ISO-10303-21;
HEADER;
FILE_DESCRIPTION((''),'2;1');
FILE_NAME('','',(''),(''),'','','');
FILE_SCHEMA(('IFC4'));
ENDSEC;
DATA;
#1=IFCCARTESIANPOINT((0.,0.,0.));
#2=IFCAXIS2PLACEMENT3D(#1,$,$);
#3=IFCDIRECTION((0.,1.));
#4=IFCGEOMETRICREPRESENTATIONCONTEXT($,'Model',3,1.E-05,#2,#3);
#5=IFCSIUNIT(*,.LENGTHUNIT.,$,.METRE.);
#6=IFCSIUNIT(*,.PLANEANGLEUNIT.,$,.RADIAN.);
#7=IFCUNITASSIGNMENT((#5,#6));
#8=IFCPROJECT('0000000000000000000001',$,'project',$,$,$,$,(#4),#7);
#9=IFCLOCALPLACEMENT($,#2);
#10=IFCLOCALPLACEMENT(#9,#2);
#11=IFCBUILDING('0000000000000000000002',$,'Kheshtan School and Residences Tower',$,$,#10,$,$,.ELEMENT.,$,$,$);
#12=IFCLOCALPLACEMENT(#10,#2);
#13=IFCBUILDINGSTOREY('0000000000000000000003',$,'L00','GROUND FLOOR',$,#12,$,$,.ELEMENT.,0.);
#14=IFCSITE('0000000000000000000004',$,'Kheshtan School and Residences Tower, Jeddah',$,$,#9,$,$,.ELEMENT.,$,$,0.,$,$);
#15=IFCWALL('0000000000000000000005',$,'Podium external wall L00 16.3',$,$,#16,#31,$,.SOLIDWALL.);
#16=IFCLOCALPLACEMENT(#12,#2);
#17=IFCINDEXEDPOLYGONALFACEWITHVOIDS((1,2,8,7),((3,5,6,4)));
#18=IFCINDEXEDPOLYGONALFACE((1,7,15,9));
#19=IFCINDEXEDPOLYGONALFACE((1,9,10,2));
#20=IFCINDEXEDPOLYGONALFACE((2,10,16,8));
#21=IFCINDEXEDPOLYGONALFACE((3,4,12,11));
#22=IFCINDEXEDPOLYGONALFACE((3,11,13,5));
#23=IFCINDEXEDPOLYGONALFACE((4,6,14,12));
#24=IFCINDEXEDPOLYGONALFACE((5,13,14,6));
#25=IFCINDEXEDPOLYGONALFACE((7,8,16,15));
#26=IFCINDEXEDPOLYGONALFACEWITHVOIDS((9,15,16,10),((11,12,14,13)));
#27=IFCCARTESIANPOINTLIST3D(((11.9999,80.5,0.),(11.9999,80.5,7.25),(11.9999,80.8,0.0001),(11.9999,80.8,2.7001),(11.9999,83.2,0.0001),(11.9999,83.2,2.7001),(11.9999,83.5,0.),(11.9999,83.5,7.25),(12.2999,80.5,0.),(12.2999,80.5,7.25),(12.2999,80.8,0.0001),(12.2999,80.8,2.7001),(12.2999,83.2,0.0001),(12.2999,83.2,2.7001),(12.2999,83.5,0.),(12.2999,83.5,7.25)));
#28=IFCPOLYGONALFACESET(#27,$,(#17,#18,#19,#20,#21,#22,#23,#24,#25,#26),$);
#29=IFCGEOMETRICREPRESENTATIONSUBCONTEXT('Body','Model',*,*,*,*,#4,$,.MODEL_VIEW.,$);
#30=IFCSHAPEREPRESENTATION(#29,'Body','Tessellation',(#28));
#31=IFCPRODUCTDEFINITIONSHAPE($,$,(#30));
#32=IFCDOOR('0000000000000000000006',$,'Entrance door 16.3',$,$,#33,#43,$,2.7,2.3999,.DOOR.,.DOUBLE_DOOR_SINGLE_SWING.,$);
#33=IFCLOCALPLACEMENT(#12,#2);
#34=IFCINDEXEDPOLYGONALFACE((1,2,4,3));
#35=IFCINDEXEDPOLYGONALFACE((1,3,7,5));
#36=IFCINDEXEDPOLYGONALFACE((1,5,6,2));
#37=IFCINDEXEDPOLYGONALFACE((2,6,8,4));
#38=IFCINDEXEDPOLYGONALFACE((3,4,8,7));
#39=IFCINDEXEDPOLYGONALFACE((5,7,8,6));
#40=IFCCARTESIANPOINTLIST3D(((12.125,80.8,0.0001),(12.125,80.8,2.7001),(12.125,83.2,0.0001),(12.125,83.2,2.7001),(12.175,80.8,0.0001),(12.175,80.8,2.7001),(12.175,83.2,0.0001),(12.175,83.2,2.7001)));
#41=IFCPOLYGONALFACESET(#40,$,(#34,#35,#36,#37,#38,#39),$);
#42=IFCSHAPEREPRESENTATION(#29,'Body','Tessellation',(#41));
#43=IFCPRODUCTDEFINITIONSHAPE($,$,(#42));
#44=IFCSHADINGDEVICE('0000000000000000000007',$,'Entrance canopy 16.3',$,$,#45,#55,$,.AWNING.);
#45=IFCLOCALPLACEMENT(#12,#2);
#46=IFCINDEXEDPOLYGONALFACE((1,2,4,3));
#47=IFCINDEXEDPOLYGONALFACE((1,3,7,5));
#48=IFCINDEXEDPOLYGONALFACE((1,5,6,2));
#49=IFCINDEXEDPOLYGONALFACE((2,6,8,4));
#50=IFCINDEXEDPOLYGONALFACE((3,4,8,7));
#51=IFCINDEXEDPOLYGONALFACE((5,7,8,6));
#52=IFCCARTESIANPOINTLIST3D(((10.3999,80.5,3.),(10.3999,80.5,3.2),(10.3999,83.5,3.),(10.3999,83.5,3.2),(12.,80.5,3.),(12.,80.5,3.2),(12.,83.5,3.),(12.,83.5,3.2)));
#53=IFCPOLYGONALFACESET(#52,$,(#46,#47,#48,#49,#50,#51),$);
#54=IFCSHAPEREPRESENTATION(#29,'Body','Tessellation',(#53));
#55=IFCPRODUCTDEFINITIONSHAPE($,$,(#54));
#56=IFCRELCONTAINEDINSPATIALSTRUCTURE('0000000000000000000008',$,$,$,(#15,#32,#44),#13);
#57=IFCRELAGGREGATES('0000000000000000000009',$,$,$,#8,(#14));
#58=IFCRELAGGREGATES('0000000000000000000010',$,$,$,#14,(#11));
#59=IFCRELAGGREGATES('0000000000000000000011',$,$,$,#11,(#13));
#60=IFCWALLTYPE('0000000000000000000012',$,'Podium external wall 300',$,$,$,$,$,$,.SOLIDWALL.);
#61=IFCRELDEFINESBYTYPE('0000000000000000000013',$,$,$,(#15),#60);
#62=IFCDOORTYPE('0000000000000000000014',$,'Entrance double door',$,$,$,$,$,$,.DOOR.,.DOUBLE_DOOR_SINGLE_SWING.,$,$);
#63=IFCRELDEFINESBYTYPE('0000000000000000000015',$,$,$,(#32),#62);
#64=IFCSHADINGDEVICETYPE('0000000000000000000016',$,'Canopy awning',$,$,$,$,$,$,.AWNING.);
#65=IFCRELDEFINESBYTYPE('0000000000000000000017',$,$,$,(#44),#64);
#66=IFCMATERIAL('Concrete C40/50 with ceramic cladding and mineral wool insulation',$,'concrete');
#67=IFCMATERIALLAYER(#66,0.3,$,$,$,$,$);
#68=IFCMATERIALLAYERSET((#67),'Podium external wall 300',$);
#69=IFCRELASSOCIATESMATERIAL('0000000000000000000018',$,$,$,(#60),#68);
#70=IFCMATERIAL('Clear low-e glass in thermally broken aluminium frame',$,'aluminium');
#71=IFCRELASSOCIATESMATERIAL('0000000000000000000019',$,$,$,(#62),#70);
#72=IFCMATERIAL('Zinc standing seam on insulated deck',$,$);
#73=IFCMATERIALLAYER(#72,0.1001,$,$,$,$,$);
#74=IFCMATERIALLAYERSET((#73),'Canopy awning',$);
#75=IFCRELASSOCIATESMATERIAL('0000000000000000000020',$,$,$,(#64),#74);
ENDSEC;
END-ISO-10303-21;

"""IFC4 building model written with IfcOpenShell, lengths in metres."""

from ifc_helpers import new_model, si_unit, direction, frame, frame_2d, origin, origin_2d, place, context, subcontext, project, spatial, rectangle, extrude, source, transform, mapped, material, layer, layer_set, type_object, element, fill, save


model = new_model("IFC4")

# Units and contexts
model_context = context("Model", 3, precision=1e-05, world=origin(), true_north=direction((0.0, 1.0)))
body_context = subcontext(model_context, "Body", "Model", "MODEL_VIEW")
ifc_project = project(units=[si_unit("LENGTHUNIT", "METRE"), si_unit("PLANEANGLEUNIT", "RADIAN")], contexts=[model_context])

# Site, building, storey
site_placement = place(None, origin())
site = spatial("IfcSite", under=ifc_project, at=site_placement, Name="Kheshtan School and Residences Tower, Jeddah", CompositionType="ELEMENT", RefElevation=0.0)
building_placement = place(site_placement, origin())
building = spatial("IfcBuilding", under=site, at=building_placement, Name="Kheshtan School and Residences Tower", CompositionType="ELEMENT")
storey_placement = place(building_placement, origin())
storey = spatial("IfcBuildingStorey", under=building, at=storey_placement, Name="L00", Description="GROUND FLOOR", CompositionType="ELEMENT", Elevation=0.0)

# Shared definitions
ifc_material_1 = material(Name="Clear low-e glass in thermally broken aluminium frame", Category="aluminium")

# Wall, opening, door
ifc_material_2 = material(Name="Concrete C40/50 with ceramic cladding and mineral wool insulation", Category="concrete")
ifc_layer_1 = layer(ifc_material_2, 0.3)
ifc_layer_set_1 = layer_set([ifc_layer_1], Name="Podium external wall 300")
wall_type_1 = type_object("IfcWallType", Name="Podium external wall 300", PredefinedType="SOLIDWALL", material=ifc_layer_set_1)
wall_1_placement = place(storey_placement, frame((12.1499, 80.5, 0.0), z_axis=(0.0, 0.0, 1.0), x_axis=(0.0, 1.0, 0.0)))
wall_1 = element("IfcWall", 1, at=wall_1_placement, inside=storey, type_object=wall_type_1, Name="Podium external wall L00 16.3", PredefinedType="SOLIDWALL", context=body_context, shape_type="SweptSolid", body=[
    extrude(rectangle(XDim=3.0, YDim=0.3, at=frame_2d((1.5, 0.0))), origin(), (0.0, 0.0, 1.0), 7.25),
])
opening_1_placement = place(wall_1_placement, frame((0.3, 0.0, 0.0)))
opening_1 = element("IfcOpeningElement", 2, at=opening_1_placement, cuts=wall_1, PredefinedType="OPENING", context=body_context, shape_type="SweptSolid", body=[
    extrude(rectangle(XDim=2.3999, YDim=2.7, at=frame_2d((1.2, 1.3501))), frame((0.0, 0.1602, 0.0), z_axis=(0.0, -1.0, 0.0), x_axis=(1.0, 0.0, 0.0)), (0.0, 0.0, 1.0), 0.3201),
])
door_type_1 = type_object("IfcDoorType", Name="Entrance double door", OperationType="DOUBLE_DOOR_SINGLE_SWING", PredefinedType="DOOR", material=ifc_material_1)
shared_shape_1 = source(origin(), body_context, "Body", "SweptSolid", [
    extrude(rectangle(XDim=2.3999, YDim=2.7, at=frame_2d((1.2, 1.3501))), frame((0.0, 0.0249, 0.0), z_axis=(0.0, -1.0, 0.0), x_axis=(1.0, 0.0, 0.0)), (0.0, 0.0, 1.0), 0.05),
])
door_1_placement = place(opening_1_placement, origin())
door_1 = element("IfcDoor", 3, at=door_1_placement, inside=storey, type_object=door_type_1, Name="Entrance door 16.3", OperationType="DOUBLE_DOOR_SINGLE_SWING", OverallHeight=2.7, OverallWidth=2.3999, PredefinedType="DOOR", context=body_context, shape_type="MappedRepresentation", body=[
    mapped(shared_shape_1, transform((0.0, 0.0, 0.0), x_axis=(1.0, 0.0, 0.0), y_axis=(0.0, 1.0, 0.0), z_axis=(0.0, 0.0, 1.0), scale=1.0)),
])
fill(opening_1, door_1)

# Shading device
ifc_material_3 = material(Name="Zinc standing seam on insulated deck")
ifc_layer_2 = layer(ifc_material_3, 0.1001)
ifc_layer_set_2 = layer_set([ifc_layer_2], Name="Canopy awning")
shading_device_type = type_object("IfcShadingDeviceType", Name="Canopy awning", PredefinedType="AWNING", material=ifc_layer_set_2)
shading_device_placement = place(storey_placement, frame((11.2, 82.0, 3.0), z_axis=(0.0, 0.0, 1.0), x_axis=(0.0, 1.0, 0.0)))
element("IfcShadingDevice", 4, at=shading_device_placement, inside=storey, type_object=shading_device_type, Name="Entrance canopy 16.3", PredefinedType="AWNING", context=body_context, shape_type="SweptSolid", body=[
    extrude(rectangle(XDim=3.0, YDim=1.6001, at=origin_2d()), origin(), (0.0, 0.0, 1.0), 0.2),
])

save(model, "model.ifc")
